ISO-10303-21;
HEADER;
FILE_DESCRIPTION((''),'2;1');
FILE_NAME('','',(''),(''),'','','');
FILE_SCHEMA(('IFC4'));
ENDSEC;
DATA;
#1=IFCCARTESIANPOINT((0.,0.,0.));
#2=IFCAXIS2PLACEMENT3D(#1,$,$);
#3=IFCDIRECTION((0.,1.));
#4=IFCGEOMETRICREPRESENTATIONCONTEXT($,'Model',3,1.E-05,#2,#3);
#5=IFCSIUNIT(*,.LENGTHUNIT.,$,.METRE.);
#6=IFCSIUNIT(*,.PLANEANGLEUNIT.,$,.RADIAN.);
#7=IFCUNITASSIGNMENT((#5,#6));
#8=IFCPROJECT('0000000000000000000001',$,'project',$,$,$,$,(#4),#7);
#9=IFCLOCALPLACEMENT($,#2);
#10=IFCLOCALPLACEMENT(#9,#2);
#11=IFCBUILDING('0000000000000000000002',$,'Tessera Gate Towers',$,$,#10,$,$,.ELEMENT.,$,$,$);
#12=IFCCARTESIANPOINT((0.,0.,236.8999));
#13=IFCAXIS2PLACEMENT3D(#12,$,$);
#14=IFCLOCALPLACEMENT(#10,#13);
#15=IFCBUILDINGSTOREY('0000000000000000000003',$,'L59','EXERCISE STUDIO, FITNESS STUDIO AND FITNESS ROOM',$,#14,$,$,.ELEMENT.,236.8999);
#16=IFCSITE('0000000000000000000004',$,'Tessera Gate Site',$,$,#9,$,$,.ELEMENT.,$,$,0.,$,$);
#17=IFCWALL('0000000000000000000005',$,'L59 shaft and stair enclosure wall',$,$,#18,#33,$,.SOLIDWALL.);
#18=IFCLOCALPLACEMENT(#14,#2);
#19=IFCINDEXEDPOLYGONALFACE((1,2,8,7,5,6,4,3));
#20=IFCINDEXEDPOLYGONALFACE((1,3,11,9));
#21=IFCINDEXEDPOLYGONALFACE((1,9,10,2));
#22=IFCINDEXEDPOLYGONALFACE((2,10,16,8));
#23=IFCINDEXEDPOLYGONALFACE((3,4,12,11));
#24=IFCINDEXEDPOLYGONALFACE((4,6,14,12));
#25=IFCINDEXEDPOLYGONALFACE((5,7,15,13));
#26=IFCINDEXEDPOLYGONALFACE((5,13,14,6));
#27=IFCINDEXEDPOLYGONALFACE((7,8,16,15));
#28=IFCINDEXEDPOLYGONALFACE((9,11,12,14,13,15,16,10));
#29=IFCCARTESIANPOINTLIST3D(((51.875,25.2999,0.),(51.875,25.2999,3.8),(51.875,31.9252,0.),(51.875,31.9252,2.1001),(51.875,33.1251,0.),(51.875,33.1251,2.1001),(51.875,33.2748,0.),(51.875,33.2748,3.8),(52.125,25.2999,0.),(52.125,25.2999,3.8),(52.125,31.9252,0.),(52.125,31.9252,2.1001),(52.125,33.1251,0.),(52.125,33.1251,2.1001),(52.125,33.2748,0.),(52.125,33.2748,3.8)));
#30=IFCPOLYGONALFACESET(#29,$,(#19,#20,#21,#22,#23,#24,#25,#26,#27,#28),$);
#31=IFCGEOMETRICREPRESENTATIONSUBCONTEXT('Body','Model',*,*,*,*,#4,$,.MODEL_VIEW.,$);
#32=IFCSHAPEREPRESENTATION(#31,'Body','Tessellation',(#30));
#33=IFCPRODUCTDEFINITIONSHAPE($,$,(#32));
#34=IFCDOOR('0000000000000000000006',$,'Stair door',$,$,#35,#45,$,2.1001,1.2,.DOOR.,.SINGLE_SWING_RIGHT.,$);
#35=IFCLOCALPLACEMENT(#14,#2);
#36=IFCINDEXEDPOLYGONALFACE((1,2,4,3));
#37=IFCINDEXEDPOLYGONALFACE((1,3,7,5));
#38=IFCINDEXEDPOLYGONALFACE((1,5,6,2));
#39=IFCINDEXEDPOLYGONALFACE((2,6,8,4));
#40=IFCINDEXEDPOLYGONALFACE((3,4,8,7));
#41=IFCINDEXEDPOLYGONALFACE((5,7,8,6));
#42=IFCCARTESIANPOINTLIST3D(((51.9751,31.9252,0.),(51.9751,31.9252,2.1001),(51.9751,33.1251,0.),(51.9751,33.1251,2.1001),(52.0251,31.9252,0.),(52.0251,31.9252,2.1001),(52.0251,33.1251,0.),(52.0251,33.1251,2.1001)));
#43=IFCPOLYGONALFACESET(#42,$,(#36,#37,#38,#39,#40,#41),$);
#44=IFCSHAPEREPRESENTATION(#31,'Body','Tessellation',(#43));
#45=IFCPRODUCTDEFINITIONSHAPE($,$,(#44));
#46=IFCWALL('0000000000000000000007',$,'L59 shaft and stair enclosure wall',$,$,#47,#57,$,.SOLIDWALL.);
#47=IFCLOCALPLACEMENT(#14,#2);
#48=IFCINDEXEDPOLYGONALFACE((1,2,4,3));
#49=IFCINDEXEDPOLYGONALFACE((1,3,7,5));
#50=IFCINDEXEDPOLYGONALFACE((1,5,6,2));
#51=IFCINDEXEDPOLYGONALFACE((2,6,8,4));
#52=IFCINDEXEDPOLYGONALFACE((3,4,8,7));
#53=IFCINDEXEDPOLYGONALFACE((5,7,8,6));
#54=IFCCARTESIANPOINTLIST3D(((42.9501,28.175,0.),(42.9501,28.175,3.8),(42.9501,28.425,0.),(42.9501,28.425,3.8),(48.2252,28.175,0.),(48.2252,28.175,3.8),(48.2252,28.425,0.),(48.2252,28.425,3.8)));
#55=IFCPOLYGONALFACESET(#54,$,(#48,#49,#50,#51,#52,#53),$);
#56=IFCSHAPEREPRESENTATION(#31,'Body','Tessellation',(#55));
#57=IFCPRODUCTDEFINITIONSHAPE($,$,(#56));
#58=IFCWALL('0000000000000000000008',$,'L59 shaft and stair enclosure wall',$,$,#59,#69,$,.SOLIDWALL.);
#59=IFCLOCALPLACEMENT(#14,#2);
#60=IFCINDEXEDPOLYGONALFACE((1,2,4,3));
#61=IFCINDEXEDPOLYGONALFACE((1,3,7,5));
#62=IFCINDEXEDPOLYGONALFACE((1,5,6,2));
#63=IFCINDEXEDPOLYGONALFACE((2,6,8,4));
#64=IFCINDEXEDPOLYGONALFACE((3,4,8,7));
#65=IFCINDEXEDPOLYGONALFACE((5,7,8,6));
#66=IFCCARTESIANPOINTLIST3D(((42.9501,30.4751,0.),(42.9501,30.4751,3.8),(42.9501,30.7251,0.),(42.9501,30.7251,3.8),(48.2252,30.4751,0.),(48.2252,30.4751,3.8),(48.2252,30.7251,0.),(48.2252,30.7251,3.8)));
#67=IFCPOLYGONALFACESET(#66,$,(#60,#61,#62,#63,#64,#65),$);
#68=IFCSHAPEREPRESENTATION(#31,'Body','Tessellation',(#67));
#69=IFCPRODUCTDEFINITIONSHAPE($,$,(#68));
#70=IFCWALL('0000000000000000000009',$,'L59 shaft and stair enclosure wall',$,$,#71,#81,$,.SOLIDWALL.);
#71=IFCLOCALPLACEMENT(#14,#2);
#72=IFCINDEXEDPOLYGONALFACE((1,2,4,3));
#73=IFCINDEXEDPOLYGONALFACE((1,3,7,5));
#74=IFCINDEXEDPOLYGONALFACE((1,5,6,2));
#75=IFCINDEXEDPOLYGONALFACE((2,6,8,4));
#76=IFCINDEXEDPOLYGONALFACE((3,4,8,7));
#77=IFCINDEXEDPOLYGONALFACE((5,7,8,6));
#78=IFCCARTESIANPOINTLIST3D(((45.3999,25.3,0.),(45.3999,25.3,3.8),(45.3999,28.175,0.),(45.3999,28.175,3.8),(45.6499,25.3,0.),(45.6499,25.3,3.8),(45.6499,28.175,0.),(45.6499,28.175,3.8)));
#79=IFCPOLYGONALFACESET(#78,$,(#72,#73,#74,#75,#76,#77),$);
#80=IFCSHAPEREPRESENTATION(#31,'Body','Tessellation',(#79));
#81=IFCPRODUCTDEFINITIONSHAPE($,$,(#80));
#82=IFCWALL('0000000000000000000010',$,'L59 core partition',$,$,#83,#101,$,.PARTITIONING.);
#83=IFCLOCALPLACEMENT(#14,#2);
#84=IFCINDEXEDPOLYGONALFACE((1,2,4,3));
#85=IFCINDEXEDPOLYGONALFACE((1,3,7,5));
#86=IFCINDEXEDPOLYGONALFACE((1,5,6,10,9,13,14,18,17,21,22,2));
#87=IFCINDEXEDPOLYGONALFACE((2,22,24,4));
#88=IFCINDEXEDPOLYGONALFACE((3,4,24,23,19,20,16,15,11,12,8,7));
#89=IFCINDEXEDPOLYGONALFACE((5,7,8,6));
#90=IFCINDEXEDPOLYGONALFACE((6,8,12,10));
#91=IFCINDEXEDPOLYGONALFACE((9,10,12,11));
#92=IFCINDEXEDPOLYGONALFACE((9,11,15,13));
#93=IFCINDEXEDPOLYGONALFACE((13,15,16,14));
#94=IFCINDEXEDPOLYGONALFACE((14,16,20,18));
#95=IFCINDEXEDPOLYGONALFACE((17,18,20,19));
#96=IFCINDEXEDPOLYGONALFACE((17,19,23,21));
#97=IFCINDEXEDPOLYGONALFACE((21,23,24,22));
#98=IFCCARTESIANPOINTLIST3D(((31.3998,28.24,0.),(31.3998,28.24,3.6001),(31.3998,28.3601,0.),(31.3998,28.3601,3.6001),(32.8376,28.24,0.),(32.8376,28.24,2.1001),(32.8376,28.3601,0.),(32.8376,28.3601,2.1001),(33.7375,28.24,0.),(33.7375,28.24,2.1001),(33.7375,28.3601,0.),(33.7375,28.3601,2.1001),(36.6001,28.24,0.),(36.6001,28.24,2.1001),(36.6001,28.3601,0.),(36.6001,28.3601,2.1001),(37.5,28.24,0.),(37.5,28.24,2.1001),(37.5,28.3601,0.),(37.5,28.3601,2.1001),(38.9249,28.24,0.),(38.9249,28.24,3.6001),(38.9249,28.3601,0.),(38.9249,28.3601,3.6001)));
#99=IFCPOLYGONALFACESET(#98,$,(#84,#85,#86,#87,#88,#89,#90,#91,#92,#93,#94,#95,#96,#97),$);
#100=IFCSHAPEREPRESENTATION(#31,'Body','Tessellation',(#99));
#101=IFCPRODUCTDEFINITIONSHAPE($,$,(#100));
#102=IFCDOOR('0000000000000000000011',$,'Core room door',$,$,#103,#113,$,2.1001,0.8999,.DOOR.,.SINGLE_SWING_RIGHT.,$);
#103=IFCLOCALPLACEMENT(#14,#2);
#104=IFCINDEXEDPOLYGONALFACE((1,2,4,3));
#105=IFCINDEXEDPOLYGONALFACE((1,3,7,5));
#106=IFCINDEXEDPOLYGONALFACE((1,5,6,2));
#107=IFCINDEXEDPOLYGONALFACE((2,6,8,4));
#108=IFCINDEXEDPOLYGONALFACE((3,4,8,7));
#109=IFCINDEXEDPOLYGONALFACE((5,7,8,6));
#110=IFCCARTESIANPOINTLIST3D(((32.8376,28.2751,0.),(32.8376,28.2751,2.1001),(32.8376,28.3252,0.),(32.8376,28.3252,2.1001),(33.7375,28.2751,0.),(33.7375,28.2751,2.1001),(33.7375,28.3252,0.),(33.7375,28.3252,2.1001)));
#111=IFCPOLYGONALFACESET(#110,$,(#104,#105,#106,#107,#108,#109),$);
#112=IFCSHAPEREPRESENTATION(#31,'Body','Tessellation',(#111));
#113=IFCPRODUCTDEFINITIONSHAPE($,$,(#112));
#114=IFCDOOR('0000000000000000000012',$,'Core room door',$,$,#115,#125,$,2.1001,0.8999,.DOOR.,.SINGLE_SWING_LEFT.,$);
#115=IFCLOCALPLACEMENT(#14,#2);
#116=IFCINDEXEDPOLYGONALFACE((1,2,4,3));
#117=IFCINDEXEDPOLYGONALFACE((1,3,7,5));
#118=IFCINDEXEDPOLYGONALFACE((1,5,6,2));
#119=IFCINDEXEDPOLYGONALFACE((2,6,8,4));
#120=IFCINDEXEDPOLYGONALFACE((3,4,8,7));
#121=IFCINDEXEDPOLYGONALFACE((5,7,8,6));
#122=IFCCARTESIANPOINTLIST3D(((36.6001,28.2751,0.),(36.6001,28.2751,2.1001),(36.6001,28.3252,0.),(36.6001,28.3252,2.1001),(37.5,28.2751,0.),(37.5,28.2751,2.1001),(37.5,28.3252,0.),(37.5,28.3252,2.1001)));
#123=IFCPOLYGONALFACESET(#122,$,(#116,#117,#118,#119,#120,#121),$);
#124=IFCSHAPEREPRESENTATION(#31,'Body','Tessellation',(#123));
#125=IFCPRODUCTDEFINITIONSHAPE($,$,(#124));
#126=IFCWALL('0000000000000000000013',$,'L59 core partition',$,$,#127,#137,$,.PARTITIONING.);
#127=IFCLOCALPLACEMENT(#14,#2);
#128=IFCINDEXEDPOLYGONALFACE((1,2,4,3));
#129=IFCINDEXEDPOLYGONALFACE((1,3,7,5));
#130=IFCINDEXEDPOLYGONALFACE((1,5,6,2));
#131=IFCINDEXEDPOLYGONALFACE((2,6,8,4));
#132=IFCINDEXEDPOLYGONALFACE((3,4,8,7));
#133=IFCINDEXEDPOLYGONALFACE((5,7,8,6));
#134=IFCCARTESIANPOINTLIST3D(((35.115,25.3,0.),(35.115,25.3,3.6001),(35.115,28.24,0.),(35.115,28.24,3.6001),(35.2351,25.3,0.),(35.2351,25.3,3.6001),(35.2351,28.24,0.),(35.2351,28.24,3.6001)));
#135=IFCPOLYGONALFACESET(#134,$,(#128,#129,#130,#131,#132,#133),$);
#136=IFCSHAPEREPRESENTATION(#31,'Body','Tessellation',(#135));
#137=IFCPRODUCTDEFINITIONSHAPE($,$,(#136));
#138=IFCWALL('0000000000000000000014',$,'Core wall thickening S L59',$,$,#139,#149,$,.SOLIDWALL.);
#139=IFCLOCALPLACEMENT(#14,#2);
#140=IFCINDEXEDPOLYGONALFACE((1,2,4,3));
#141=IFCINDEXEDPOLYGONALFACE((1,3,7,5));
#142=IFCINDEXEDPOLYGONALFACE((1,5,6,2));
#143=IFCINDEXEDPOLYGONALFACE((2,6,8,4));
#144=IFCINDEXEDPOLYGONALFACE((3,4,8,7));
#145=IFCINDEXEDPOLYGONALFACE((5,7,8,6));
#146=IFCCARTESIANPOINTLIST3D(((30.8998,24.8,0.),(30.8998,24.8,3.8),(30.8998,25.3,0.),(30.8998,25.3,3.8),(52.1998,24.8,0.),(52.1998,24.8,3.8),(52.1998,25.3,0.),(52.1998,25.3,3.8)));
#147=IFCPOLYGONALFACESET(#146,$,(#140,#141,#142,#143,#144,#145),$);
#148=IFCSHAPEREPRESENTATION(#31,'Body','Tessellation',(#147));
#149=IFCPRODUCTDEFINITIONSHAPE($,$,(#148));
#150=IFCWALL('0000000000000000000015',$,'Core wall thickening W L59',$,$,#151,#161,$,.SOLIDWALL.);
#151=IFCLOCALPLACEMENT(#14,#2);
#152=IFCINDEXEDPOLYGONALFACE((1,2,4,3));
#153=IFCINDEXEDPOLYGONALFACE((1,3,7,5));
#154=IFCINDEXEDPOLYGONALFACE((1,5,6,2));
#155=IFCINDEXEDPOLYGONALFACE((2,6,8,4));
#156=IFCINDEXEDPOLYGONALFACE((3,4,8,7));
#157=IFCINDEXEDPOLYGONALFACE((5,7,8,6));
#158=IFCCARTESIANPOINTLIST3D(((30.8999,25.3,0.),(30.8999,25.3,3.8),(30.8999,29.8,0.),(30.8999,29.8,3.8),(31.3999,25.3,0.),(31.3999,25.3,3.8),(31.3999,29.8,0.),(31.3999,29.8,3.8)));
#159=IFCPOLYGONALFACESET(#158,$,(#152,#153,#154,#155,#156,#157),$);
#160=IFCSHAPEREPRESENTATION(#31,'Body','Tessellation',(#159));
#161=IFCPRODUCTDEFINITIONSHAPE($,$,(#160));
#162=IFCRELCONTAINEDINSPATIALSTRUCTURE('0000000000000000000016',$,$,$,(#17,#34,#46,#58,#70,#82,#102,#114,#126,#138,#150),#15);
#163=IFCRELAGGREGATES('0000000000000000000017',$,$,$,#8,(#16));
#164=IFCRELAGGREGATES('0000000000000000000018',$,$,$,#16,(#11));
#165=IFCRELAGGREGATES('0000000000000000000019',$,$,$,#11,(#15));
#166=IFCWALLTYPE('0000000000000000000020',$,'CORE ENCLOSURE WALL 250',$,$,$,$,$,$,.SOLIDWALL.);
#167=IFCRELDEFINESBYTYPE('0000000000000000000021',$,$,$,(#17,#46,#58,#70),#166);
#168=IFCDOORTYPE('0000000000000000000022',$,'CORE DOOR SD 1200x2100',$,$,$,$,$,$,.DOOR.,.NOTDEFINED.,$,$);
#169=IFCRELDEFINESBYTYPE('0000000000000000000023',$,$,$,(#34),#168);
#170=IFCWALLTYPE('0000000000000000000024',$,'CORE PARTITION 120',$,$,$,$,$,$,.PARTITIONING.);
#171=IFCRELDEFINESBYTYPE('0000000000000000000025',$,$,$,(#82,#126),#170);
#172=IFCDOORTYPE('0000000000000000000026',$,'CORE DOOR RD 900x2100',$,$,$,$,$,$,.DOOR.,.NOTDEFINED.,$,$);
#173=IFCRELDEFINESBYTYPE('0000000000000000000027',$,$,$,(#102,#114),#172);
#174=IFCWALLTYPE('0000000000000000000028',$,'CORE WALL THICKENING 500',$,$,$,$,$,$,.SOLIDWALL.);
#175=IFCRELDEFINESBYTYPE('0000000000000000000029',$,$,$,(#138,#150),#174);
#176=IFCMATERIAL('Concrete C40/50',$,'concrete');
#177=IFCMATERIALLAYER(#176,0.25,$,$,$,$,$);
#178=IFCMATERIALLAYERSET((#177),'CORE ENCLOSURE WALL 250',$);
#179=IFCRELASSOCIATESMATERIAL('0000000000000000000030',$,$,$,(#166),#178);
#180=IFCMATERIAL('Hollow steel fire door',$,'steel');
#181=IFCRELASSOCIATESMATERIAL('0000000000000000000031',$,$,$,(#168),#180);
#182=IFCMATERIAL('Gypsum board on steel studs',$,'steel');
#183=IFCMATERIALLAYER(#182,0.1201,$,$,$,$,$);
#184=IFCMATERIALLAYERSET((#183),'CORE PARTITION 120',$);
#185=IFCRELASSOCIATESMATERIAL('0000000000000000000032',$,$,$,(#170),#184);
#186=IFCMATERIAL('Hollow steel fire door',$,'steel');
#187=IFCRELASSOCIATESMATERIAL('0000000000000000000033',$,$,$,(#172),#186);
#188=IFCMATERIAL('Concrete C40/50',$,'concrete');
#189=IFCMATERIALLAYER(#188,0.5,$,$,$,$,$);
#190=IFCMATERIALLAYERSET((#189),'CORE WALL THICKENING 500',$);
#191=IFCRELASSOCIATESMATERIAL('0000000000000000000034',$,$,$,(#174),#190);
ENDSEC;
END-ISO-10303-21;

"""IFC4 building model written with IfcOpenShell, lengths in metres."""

from ifc_helpers import new_model, si_unit, direction, frame, frame_2d, origin, place, context, subcontext, project, spatial, rectangle, extrude, source, transform, mapped, material, layer, layer_set, type_object, element, fill, save


model = new_model("IFC4")

# Units and contexts
model_context = context("Model", 3, precision=1e-05, world=origin(), true_north=direction((0.0, 1.0)))
body_context = subcontext(model_context, "Body", "Model", "MODEL_VIEW")
ifc_project = project(units=[si_unit("LENGTHUNIT", "METRE"), si_unit("PLANEANGLEUNIT", "RADIAN")], contexts=[model_context])

# Site, building, storey
site_placement = place(None, origin())
site = spatial("IfcSite", under=ifc_project, at=site_placement, Name="Tessera Gate Site", CompositionType="ELEMENT", RefElevation=0.0)
building_placement = place(site_placement, origin())
building = spatial("IfcBuilding", under=site, at=building_placement, Name="Tessera Gate Towers", CompositionType="ELEMENT")
storey_placement = place(building_placement, frame((0.0, 0.0, 236.8999)))
storey = spatial("IfcBuildingStorey", under=building, at=storey_placement, Name="L59", Description="EXERCISE STUDIO, FITNESS STUDIO AND FITNESS ROOM", CompositionType="ELEMENT", Elevation=236.8999)

# Wall, opening, door
ifc_material_1 = material(Name="Concrete C40/50", Category="concrete")
ifc_layer_1 = layer(ifc_material_1, 0.25)
ifc_layer_set_1 = layer_set([ifc_layer_1], Name="CORE ENCLOSURE WALL 250")
wall_type_1 = type_object("IfcWallType", Name="CORE ENCLOSURE WALL 250", PredefinedType="SOLIDWALL", material=ifc_layer_set_1)
wall_1_placement = place(storey_placement, frame((52.0, 25.3, 0.0), z_axis=(0.0, 0.0, 1.0), x_axis=(0.0, 1.0, 0.0)))
wall_1 = element("IfcWall", 1, at=wall_1_placement, inside=storey, type_object=wall_type_1, Name="L59 shaft and stair enclosure wall", PredefinedType="SOLIDWALL", context=body_context, shape_type="SweptSolid", body=[
    extrude(rectangle(XDim=7.9749, YDim=0.25, at=frame_2d((3.9873, 0.0))), origin(), (0.0, 0.0, 1.0), 3.8),
])
shared_shape_1 = source(origin(), body_context, "Body", "SweptSolid", [
    extrude(rectangle(XDim=1.2, YDim=2.1001, at=frame_2d((0.6001, 1.05))), frame((0.0, 0.135, 0.0), z_axis=(0.0, -1.0, 0.0), x_axis=(1.0, 0.0, 0.0)), (0.0, 0.0, 1.0), 0.27),
])
opening_1_placement = place(wall_1_placement, frame((6.625, 0.0, 0.0)))
opening_1 = element("IfcOpeningElement", 2, at=opening_1_placement, cuts=wall_1, PredefinedType="OPENING", context=body_context, shape_type="MappedRepresentation", body=[
    mapped(shared_shape_1, transform((0.0, 0.0, 0.0), scale=1.0)),
])
ifc_material_2 = material(Name="Hollow steel fire door", Category="steel")
door_type_1 = type_object("IfcDoorType", Name="CORE DOOR SD 1200x2100", OperationType="NOTDEFINED", PredefinedType="DOOR", material=ifc_material_2)
shared_shape_2 = source(origin(), body_context, "Body", "SweptSolid", [
    extrude(rectangle(XDim=1.2, YDim=2.1001, at=frame_2d((0.6001, 1.05))), frame((0.0, 0.0249, 0.0), z_axis=(0.0, -1.0, 0.0), x_axis=(1.0, 0.0, 0.0)), (0.0, 0.0, 1.0), 0.05),
])
door_1_placement = place(opening_1_placement, origin())
door_1 = element("IfcDoor", 3, at=door_1_placement, inside=storey, type_object=door_type_1, Name="Stair door", OperationType="SINGLE_SWING_RIGHT", OverallHeight=2.1001, OverallWidth=1.2, PredefinedType="DOOR", context=body_context, shape_type="MappedRepresentation", body=[
    mapped(shared_shape_2, transform((0.0, 0.0, 0.0), scale=1.0)),
])
fill(opening_1, door_1)

# Walls
for number, where, z_axis, x_axis, name in (
    (4, (42.95, 28.3, 0.0), (0.0, 0.0, 1.0), (1.0, 0.0, 0.0), "L59 shaft and stair enclosure wall"),
    (5, (42.95, 30.6001, 0.0), (0.0, 0.0, 1.0), (1.0, 0.0, 0.0), "L59 shaft and stair enclosure wall"),
):
    element("IfcWall", number, at=place(storey_placement, frame(where, z_axis=z_axis, x_axis=x_axis)), inside=storey, type_object=wall_type_1, Name=name, PredefinedType="SOLIDWALL", context=body_context, shape_type="SweptSolid", body=[
        extrude(rectangle(XDim=5.2751, YDim=0.25, at=frame_2d((2.6377, 0.0))), origin(), (0.0, 0.0, 1.0), 3.8),
    ])
wall_2_placement = place(storey_placement, frame((45.5249, 25.3, 0.0), z_axis=(0.0, 0.0, 1.0), x_axis=(0.0, 1.0, 0.0)))
element("IfcWall", 6, at=wall_2_placement, inside=storey, type_object=wall_type_1, Name="L59 shaft and stair enclosure wall", PredefinedType="SOLIDWALL", context=body_context, shape_type="SweptSolid", body=[
    extrude(rectangle(XDim=2.875, YDim=0.25, at=frame_2d((1.4375, 0.0))), origin(), (0.0, 0.0, 1.0), 3.8),
])

# Wall, openings, doors
ifc_material_3 = material(Name="Gypsum board on steel studs", Category="steel")
ifc_layer_2 = layer(ifc_material_3, 0.1201)
ifc_layer_set_2 = layer_set([ifc_layer_2], Name="CORE PARTITION 120")
wall_type_2 = type_object("IfcWallType", Name="CORE PARTITION 120", PredefinedType="PARTITIONING", material=ifc_layer_set_2)
wall_3_placement = place(storey_placement, frame((38.925, 28.3, 0.0), z_axis=(0.0, 0.0, 1.0), x_axis=(-1.0, 0.0, 0.0)))
wall_3 = element("IfcWall", 7, at=wall_3_placement, inside=storey, type_object=wall_type_2, Name="L59 core partition", PredefinedType="PARTITIONING", context=body_context, shape_type="SweptSolid", body=[
    extrude(rectangle(XDim=7.5251, YDim=0.1201, at=frame_2d((3.7627, 0.0))), origin(), (0.0, 0.0, 1.0), 3.6001),
])
shared_shape_3 = source(origin(), body_context, "Body", "SweptSolid", [
    extrude(rectangle(XDim=0.8999, YDim=2.1001, at=frame_2d((0.45, 1.05))), frame((0.0, 0.0701, 0.0), z_axis=(0.0, -1.0, 0.0), x_axis=(1.0, 0.0, 0.0)), (0.0, 0.0, 1.0), 0.1401),
])
opening_2_placement = place(wall_3_placement, frame((5.1875, 0.0, 0.0)))
opening_2 = element("IfcOpeningElement", 8, at=opening_2_placement, cuts=wall_3, PredefinedType="OPENING", context=body_context, shape_type="MappedRepresentation", body=[
    mapped(shared_shape_3, transform((0.0, 0.0, 0.0), scale=1.0)),
])
opening_3_placement = place(wall_3_placement, frame((1.425, 0.0, 0.0)))
opening_3 = element("IfcOpeningElement", 9, at=opening_3_placement, cuts=wall_3, PredefinedType="OPENING", context=body_context, shape_type="MappedRepresentation", body=[
    mapped(shared_shape_3, transform((0.0, 0.0, 0.0), scale=1.0)),
])
ifc_material_4 = material(Name="Hollow steel fire door", Category="steel")
door_type_2 = type_object("IfcDoorType", Name="CORE DOOR RD 900x2100", OperationType="NOTDEFINED", PredefinedType="DOOR", material=ifc_material_4)
shared_shape_4 = source(origin(), body_context, "Body", "SweptSolid", [
    extrude(rectangle(XDim=0.8999, YDim=2.1001, at=frame_2d((0.45, 1.05))), frame((0.0, 0.0249, 0.0), z_axis=(0.0, -1.0, 0.0), x_axis=(1.0, 0.0, 0.0)), (0.0, 0.0, 1.0), 0.05),
])
door_2_placement = place(opening_2_placement, origin())
door_2 = element("IfcDoor", 10, at=door_2_placement, inside=storey, type_object=door_type_2, Name="Core room door", OperationType="SINGLE_SWING_RIGHT", OverallHeight=2.1001, OverallWidth=0.8999, PredefinedType="DOOR", context=body_context, shape_type="MappedRepresentation", body=[
    mapped(shared_shape_4, transform((0.0, 0.0, 0.0), scale=1.0)),
])
fill(opening_2, door_2)
door_3_placement = place(opening_3_placement, origin())
door_3 = element("IfcDoor", 11, at=door_3_placement, inside=storey, type_object=door_type_2, Name="Core room door", OperationType="SINGLE_SWING_LEFT", OverallHeight=2.1001, OverallWidth=0.8999, PredefinedType="DOOR", context=body_context, shape_type="MappedRepresentation", body=[
    mapped(shared_shape_4, transform((0.0, 0.0, 0.0), scale=1.0)),
])
fill(opening_3, door_3)

# Walls
wall_4_placement = place(storey_placement, frame((35.175, 25.3, 0.0), z_axis=(0.0, 0.0, 1.0), x_axis=(0.0, 1.0, 0.0)))
element("IfcWall", 12, at=wall_4_placement, inside=storey, type_object=wall_type_2, Name="L59 core partition", PredefinedType="PARTITIONING", context=body_context, shape_type="SweptSolid", body=[
    extrude(rectangle(XDim=2.9399, YDim=0.1201, at=frame_2d((1.47, 0.0))), origin(), (0.0, 0.0, 1.0), 3.6001),
])
ifc_material_5 = material(Name="Concrete C40/50", Category="concrete")
ifc_layer_3 = layer(ifc_material_5, 0.5)
ifc_layer_set_3 = layer_set([ifc_layer_3], Name="CORE WALL THICKENING 500")
wall_type_3 = type_object("IfcWallType", Name="CORE WALL THICKENING 500", PredefinedType="SOLIDWALL", material=ifc_layer_set_3)
wall_5_placement = place(storey_placement, frame((30.8999, 25.05, 0.0), z_axis=(0.0, 0.0, 1.0), x_axis=(1.0, 0.0, 0.0)))
element("IfcWall", 13, at=wall_5_placement, inside=storey, type_object=wall_type_3, Name="Core wall thickening S L59", PredefinedType="SOLIDWALL", context=body_context, shape_type="SweptSolid", body=[
    extrude(rectangle(XDim=21.3, YDim=0.5, at=frame_2d((10.6499, 0.0))), origin(), (0.0, 0.0, 1.0), 3.8),
])
wall_6_placement = place(storey_placement, frame((31.1499, 25.3, 0.0), z_axis=(0.0, 0.0, 1.0), x_axis=(0.0, 1.0, 0.0)))
element("IfcWall", 14, at=wall_6_placement, inside=storey, type_object=wall_type_3, Name="Core wall thickening W L59", PredefinedType="SOLIDWALL", context=body_context, shape_type="SweptSolid", body=[
    extrude(rectangle(XDim=4.5, YDim=0.5, at=frame_2d((2.25, 0.0))), origin(), (0.0, 0.0, 1.0), 3.8),
])

save(model, "model.ifc")
